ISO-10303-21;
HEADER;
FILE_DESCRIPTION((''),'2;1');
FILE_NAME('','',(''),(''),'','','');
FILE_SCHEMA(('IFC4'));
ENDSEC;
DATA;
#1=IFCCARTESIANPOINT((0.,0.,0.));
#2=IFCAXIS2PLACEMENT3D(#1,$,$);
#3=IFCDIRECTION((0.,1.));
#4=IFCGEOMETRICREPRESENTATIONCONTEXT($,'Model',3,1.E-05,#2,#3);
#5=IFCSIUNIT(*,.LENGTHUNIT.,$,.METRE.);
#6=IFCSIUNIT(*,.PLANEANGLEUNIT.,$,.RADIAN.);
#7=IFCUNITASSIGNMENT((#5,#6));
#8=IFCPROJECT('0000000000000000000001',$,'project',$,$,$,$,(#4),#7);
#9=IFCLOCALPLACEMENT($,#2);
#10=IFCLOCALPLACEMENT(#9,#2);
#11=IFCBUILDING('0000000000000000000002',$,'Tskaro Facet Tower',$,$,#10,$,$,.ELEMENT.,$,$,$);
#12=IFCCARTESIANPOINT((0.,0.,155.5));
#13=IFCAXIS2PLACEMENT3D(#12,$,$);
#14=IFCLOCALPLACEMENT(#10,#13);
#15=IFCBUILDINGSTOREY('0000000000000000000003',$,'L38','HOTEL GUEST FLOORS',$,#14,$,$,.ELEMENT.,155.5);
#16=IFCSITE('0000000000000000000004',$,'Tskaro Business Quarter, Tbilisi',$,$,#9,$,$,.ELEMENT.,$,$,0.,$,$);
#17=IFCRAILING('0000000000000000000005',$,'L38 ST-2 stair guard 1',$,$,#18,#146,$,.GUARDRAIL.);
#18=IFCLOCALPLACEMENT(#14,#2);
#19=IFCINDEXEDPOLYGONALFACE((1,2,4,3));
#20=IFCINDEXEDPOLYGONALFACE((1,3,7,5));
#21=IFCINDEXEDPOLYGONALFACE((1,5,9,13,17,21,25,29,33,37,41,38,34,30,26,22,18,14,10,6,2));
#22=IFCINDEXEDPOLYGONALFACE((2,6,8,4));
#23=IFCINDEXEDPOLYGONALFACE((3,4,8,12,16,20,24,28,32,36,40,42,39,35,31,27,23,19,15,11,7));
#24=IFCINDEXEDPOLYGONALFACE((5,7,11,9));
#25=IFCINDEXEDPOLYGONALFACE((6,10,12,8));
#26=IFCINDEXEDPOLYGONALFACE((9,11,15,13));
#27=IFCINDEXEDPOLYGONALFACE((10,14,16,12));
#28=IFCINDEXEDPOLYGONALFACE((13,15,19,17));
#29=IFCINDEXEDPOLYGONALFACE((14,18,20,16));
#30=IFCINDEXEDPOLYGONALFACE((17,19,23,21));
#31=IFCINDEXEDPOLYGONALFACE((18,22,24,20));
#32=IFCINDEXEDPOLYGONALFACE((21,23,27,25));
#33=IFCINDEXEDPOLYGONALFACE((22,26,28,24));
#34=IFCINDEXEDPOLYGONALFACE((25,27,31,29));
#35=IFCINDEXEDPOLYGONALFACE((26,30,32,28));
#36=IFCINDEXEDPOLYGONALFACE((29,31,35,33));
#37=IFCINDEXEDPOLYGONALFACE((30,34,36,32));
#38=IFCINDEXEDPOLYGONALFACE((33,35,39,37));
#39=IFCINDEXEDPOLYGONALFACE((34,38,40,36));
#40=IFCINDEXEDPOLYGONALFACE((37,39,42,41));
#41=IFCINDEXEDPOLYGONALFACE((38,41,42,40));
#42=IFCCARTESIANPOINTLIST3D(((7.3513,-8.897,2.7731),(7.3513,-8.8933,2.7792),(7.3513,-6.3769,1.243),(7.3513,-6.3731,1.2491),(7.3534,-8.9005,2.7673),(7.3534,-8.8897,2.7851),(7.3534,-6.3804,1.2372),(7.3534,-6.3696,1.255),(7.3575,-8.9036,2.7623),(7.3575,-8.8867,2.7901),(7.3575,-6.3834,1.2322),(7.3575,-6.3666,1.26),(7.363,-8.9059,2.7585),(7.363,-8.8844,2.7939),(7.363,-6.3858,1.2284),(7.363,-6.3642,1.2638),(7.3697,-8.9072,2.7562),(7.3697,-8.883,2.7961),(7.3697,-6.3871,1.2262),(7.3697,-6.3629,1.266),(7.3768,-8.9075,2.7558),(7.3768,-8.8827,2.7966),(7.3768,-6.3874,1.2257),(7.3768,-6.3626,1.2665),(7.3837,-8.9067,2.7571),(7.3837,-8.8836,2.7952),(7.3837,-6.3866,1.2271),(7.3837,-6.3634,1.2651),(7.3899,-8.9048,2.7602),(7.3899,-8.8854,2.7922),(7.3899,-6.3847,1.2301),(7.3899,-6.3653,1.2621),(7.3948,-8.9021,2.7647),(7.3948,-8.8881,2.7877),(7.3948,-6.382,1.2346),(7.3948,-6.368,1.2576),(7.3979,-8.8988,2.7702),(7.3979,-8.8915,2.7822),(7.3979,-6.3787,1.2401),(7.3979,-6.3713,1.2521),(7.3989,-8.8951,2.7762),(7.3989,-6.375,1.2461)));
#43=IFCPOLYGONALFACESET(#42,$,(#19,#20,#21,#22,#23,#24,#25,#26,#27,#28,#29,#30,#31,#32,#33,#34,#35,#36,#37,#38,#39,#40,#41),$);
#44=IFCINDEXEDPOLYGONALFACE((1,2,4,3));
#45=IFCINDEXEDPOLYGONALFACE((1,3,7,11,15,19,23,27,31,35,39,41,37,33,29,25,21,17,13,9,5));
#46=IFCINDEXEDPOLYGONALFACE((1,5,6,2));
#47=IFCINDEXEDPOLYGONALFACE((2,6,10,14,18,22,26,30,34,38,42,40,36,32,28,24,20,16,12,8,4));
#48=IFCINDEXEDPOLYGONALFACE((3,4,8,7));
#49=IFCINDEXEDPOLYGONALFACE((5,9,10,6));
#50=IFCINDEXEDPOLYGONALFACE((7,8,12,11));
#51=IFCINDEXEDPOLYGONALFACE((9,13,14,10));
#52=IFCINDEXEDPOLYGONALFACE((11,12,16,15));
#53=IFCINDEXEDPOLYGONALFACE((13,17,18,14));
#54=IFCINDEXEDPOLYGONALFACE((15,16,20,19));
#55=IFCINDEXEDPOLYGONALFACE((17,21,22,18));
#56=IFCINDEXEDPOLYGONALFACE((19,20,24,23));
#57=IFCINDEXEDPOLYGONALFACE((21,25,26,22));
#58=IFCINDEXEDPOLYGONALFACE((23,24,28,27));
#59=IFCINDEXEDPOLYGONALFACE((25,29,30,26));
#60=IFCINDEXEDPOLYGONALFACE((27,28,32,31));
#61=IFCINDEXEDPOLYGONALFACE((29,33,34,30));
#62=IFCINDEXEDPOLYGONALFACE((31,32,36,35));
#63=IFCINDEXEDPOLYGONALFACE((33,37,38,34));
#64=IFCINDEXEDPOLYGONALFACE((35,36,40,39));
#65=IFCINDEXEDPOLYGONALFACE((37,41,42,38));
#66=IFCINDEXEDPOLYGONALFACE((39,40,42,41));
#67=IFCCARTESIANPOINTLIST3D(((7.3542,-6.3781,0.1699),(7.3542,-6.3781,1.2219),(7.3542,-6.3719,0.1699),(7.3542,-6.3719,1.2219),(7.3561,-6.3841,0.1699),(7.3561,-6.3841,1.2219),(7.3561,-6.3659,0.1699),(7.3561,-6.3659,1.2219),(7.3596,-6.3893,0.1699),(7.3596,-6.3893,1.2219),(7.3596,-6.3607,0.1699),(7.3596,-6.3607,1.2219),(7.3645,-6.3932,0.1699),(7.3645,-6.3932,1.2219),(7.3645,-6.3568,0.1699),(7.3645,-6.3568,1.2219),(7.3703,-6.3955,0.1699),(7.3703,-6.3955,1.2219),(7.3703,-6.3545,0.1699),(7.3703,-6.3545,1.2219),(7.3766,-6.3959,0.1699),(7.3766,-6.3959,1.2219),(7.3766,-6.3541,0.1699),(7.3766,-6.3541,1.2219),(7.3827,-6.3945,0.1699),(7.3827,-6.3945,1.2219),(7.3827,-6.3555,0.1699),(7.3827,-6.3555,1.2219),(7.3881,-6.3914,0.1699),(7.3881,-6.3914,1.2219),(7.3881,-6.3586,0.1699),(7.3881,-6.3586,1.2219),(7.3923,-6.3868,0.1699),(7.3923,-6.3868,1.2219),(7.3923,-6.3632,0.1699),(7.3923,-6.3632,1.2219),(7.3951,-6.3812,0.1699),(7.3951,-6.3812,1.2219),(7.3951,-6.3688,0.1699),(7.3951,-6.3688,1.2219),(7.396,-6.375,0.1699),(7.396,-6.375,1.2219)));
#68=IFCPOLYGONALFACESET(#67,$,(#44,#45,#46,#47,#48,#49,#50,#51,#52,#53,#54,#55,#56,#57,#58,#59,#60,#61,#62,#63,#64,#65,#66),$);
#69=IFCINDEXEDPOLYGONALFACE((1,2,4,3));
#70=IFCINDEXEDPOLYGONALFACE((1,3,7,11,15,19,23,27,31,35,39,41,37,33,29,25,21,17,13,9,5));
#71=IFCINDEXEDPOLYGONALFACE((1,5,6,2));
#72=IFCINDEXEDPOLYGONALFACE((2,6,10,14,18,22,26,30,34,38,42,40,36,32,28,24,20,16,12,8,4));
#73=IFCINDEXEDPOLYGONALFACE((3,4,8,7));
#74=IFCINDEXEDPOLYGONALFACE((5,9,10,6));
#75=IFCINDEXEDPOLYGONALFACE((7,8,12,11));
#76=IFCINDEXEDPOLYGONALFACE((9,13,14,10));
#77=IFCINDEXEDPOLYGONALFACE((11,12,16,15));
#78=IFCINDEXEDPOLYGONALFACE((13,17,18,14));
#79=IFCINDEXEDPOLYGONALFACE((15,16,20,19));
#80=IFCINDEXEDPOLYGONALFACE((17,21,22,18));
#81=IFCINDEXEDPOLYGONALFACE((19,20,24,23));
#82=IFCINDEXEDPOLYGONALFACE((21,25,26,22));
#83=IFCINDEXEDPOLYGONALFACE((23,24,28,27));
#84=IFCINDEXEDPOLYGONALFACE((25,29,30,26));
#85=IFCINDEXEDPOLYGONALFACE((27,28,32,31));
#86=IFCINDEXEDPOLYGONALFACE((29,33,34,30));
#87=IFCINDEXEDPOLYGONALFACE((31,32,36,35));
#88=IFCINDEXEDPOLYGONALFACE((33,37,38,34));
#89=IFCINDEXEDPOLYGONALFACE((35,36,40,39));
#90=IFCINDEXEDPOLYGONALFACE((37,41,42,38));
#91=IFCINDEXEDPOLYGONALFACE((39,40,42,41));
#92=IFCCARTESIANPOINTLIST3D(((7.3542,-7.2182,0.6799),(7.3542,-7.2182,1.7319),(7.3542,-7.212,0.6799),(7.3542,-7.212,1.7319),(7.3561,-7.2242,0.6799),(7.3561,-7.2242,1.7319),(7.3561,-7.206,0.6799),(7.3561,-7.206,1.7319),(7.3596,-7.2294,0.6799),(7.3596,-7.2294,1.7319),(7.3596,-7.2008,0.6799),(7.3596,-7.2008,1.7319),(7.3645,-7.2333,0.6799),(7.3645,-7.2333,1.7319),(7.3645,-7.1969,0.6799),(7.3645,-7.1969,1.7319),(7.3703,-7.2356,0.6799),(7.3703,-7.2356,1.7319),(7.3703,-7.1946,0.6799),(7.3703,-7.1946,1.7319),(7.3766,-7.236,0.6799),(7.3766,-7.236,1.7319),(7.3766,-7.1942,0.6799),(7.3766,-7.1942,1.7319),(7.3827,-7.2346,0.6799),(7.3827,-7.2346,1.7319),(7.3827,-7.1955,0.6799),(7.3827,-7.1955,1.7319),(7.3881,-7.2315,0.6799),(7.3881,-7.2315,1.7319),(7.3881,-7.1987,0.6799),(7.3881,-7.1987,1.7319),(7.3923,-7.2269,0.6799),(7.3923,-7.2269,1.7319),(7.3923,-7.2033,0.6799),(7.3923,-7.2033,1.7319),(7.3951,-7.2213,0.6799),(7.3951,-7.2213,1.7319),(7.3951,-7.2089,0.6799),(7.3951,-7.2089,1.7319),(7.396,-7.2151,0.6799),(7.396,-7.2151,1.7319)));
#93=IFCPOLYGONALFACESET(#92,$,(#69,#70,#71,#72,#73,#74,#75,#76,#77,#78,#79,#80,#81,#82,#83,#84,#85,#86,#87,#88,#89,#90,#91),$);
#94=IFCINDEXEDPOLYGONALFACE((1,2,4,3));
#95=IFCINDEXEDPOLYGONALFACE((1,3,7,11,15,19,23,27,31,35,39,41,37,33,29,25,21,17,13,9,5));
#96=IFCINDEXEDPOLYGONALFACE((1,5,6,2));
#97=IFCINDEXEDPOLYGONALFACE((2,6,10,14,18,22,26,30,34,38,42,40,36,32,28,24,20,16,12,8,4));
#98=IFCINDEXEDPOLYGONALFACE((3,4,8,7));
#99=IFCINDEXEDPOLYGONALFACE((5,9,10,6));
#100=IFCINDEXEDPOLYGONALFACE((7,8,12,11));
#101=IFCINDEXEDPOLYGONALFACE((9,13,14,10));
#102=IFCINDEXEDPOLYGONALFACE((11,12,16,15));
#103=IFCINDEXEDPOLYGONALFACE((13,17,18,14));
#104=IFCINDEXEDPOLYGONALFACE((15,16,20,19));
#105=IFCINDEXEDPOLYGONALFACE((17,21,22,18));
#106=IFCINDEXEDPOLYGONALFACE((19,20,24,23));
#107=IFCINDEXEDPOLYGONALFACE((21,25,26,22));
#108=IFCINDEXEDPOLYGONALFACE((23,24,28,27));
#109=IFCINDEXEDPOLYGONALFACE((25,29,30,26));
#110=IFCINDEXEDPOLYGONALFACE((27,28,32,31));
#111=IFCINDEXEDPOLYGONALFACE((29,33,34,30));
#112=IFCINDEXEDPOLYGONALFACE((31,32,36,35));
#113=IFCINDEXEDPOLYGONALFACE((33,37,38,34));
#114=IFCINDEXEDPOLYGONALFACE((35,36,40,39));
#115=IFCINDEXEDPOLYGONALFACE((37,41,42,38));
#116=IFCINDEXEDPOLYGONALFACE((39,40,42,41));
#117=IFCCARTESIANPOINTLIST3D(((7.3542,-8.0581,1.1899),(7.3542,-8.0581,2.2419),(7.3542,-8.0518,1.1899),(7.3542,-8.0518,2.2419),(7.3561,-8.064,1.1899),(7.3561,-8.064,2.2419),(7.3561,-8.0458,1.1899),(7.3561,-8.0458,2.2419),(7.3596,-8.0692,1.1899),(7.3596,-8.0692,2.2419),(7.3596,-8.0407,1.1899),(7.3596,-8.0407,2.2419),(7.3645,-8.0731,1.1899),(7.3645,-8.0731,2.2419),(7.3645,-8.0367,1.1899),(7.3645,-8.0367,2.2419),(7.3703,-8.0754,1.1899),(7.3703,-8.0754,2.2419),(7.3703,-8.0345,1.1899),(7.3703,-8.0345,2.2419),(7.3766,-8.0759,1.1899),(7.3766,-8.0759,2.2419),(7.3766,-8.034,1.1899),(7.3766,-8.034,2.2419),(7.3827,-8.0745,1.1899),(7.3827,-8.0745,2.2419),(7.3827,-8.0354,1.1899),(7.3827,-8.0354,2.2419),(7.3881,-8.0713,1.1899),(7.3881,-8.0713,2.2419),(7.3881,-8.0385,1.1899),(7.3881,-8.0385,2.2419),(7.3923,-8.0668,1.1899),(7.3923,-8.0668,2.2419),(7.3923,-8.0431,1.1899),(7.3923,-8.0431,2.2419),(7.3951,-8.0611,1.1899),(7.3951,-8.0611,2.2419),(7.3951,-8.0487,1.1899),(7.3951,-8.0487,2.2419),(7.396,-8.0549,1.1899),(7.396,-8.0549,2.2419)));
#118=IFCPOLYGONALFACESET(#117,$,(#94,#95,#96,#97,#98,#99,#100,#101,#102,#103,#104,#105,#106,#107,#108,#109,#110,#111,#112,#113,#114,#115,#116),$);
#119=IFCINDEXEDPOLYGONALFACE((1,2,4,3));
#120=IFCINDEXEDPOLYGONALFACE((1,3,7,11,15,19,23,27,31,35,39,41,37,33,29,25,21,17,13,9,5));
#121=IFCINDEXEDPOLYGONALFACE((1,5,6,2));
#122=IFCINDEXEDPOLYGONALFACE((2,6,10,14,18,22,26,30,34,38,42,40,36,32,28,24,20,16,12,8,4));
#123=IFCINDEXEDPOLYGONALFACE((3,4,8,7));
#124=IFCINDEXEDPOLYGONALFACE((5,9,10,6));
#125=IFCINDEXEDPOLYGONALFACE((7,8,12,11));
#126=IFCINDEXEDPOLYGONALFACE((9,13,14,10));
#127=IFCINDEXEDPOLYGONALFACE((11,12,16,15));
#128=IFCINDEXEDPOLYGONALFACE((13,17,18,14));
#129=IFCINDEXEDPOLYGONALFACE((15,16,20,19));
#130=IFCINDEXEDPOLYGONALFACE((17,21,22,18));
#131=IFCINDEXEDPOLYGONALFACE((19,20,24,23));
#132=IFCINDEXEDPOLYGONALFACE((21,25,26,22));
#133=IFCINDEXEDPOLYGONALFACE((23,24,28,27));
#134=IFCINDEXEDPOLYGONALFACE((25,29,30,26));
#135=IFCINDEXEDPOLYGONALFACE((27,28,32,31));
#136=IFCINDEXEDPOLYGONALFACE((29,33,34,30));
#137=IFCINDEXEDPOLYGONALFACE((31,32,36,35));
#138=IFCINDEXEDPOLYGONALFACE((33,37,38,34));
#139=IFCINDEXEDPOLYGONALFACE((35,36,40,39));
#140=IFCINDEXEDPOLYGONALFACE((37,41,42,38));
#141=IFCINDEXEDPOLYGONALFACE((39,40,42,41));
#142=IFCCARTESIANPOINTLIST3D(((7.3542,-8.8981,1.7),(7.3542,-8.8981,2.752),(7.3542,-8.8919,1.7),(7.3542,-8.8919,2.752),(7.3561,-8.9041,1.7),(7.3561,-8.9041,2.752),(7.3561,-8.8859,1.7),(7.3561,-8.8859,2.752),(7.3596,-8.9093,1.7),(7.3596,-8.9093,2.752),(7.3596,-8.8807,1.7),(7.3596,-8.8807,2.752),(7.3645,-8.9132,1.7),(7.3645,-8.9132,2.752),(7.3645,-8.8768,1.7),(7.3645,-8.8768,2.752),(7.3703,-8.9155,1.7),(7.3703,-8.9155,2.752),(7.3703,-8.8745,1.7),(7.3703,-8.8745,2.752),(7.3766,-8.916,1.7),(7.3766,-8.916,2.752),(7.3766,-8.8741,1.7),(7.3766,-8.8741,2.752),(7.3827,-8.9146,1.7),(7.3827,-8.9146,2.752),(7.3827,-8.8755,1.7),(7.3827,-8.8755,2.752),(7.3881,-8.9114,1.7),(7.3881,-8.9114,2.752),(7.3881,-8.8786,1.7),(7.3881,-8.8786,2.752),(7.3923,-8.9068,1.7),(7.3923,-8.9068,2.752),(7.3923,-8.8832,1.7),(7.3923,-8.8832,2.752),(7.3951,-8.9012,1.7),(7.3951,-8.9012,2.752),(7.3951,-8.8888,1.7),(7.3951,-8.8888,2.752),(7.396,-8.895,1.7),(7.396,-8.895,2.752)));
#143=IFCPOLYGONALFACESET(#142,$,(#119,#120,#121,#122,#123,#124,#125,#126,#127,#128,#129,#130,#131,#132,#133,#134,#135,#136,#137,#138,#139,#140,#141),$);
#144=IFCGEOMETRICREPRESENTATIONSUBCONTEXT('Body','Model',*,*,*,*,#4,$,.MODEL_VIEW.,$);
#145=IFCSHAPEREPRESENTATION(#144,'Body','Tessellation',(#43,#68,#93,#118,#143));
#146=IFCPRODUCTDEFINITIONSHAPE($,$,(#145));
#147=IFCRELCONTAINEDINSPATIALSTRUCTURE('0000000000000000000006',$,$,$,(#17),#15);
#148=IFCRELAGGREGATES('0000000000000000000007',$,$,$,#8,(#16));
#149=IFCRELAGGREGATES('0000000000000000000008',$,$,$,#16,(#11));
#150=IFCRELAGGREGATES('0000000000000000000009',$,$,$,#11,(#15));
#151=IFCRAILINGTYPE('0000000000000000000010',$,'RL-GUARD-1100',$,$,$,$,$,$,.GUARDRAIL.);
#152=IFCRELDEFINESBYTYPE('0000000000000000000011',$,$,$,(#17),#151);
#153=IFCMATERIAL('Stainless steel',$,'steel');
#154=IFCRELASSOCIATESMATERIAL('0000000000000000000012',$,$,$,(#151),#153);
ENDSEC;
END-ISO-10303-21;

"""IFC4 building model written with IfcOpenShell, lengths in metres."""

from ifc_helpers import new_model, si_unit, direction, frame, origin, origin_2d, place, context, subcontext, project, spatial, circle, extrude, material, type_object, element, save


model = new_model("IFC4")

# Units and contexts
model_context = context("Model", 3, precision=1e-05, world=origin(), true_north=direction((0.0, 1.0)))
body_context = subcontext(model_context, "Body", "Model", "MODEL_VIEW")
ifc_project = project(units=[si_unit("LENGTHUNIT", "METRE"), si_unit("PLANEANGLEUNIT", "RADIAN")], contexts=[model_context])

# Site, building, storey
site_placement = place(None, origin())
site = spatial("IfcSite", under=ifc_project, at=site_placement, Name="Tskaro Business Quarter, Tbilisi", CompositionType="ELEMENT", RefElevation=0.0)
building_placement = place(site_placement, origin())
building = spatial("IfcBuilding", under=site, at=building_placement, Name="Tskaro Facet Tower", CompositionType="ELEMENT")
storey_placement = place(building_placement, frame((0.0, 0.0, 155.5)))
storey = spatial("IfcBuildingStorey", under=building, at=storey_placement, Name="L38", Description="HOTEL GUEST FLOORS", CompositionType="ELEMENT", Elevation=155.5)

# Railing
ifc_material_1 = material(Name="Stainless steel", Category="steel")
railing_type_1 = type_object("IfcRailingType", Name="RL-GUARD-1100", PredefinedType="GUARDRAIL", material=ifc_material_1)
railing_1_placement = place(storey_placement, frame((7.375, -6.375, 0.1699)))
element("IfcRailing", 1, at=railing_1_placement, inside=storey, type_object=railing_type_1, Name="L38 ST-2 stair guard 1", PredefinedType="GUARDRAIL", context=body_context, shape_type="SweptSolid", body=[
    extrude(circle(Radius=0.0239, at=origin_2d()), frame((0.0, 0.0, 1.0762), z_axis=(0.0, -0.854785, 0.518982), x_axis=(1.0, 0.0, 0.0)), (0.0, 0.0, 1.0), 2.9482),
    extrude(circle(Radius=0.021, at=origin_2d()), origin(), (0.0, 0.0, 1.0), 1.052),
    extrude(circle(Radius=0.021, at=origin_2d()), frame((0.0, -0.8401, 0.51)), (0.0, 0.0, 1.0), 1.052),
    extrude(circle(Radius=0.021, at=origin_2d()), frame((0.0, -1.6799, 1.02)), (0.0, 0.0, 1.0), 1.052),
    extrude(circle(Radius=0.021, at=origin_2d()), frame((0.0, -2.52, 1.53)), (0.0, 0.0, 1.0), 1.052),
])

save(model, "model.ifc")
